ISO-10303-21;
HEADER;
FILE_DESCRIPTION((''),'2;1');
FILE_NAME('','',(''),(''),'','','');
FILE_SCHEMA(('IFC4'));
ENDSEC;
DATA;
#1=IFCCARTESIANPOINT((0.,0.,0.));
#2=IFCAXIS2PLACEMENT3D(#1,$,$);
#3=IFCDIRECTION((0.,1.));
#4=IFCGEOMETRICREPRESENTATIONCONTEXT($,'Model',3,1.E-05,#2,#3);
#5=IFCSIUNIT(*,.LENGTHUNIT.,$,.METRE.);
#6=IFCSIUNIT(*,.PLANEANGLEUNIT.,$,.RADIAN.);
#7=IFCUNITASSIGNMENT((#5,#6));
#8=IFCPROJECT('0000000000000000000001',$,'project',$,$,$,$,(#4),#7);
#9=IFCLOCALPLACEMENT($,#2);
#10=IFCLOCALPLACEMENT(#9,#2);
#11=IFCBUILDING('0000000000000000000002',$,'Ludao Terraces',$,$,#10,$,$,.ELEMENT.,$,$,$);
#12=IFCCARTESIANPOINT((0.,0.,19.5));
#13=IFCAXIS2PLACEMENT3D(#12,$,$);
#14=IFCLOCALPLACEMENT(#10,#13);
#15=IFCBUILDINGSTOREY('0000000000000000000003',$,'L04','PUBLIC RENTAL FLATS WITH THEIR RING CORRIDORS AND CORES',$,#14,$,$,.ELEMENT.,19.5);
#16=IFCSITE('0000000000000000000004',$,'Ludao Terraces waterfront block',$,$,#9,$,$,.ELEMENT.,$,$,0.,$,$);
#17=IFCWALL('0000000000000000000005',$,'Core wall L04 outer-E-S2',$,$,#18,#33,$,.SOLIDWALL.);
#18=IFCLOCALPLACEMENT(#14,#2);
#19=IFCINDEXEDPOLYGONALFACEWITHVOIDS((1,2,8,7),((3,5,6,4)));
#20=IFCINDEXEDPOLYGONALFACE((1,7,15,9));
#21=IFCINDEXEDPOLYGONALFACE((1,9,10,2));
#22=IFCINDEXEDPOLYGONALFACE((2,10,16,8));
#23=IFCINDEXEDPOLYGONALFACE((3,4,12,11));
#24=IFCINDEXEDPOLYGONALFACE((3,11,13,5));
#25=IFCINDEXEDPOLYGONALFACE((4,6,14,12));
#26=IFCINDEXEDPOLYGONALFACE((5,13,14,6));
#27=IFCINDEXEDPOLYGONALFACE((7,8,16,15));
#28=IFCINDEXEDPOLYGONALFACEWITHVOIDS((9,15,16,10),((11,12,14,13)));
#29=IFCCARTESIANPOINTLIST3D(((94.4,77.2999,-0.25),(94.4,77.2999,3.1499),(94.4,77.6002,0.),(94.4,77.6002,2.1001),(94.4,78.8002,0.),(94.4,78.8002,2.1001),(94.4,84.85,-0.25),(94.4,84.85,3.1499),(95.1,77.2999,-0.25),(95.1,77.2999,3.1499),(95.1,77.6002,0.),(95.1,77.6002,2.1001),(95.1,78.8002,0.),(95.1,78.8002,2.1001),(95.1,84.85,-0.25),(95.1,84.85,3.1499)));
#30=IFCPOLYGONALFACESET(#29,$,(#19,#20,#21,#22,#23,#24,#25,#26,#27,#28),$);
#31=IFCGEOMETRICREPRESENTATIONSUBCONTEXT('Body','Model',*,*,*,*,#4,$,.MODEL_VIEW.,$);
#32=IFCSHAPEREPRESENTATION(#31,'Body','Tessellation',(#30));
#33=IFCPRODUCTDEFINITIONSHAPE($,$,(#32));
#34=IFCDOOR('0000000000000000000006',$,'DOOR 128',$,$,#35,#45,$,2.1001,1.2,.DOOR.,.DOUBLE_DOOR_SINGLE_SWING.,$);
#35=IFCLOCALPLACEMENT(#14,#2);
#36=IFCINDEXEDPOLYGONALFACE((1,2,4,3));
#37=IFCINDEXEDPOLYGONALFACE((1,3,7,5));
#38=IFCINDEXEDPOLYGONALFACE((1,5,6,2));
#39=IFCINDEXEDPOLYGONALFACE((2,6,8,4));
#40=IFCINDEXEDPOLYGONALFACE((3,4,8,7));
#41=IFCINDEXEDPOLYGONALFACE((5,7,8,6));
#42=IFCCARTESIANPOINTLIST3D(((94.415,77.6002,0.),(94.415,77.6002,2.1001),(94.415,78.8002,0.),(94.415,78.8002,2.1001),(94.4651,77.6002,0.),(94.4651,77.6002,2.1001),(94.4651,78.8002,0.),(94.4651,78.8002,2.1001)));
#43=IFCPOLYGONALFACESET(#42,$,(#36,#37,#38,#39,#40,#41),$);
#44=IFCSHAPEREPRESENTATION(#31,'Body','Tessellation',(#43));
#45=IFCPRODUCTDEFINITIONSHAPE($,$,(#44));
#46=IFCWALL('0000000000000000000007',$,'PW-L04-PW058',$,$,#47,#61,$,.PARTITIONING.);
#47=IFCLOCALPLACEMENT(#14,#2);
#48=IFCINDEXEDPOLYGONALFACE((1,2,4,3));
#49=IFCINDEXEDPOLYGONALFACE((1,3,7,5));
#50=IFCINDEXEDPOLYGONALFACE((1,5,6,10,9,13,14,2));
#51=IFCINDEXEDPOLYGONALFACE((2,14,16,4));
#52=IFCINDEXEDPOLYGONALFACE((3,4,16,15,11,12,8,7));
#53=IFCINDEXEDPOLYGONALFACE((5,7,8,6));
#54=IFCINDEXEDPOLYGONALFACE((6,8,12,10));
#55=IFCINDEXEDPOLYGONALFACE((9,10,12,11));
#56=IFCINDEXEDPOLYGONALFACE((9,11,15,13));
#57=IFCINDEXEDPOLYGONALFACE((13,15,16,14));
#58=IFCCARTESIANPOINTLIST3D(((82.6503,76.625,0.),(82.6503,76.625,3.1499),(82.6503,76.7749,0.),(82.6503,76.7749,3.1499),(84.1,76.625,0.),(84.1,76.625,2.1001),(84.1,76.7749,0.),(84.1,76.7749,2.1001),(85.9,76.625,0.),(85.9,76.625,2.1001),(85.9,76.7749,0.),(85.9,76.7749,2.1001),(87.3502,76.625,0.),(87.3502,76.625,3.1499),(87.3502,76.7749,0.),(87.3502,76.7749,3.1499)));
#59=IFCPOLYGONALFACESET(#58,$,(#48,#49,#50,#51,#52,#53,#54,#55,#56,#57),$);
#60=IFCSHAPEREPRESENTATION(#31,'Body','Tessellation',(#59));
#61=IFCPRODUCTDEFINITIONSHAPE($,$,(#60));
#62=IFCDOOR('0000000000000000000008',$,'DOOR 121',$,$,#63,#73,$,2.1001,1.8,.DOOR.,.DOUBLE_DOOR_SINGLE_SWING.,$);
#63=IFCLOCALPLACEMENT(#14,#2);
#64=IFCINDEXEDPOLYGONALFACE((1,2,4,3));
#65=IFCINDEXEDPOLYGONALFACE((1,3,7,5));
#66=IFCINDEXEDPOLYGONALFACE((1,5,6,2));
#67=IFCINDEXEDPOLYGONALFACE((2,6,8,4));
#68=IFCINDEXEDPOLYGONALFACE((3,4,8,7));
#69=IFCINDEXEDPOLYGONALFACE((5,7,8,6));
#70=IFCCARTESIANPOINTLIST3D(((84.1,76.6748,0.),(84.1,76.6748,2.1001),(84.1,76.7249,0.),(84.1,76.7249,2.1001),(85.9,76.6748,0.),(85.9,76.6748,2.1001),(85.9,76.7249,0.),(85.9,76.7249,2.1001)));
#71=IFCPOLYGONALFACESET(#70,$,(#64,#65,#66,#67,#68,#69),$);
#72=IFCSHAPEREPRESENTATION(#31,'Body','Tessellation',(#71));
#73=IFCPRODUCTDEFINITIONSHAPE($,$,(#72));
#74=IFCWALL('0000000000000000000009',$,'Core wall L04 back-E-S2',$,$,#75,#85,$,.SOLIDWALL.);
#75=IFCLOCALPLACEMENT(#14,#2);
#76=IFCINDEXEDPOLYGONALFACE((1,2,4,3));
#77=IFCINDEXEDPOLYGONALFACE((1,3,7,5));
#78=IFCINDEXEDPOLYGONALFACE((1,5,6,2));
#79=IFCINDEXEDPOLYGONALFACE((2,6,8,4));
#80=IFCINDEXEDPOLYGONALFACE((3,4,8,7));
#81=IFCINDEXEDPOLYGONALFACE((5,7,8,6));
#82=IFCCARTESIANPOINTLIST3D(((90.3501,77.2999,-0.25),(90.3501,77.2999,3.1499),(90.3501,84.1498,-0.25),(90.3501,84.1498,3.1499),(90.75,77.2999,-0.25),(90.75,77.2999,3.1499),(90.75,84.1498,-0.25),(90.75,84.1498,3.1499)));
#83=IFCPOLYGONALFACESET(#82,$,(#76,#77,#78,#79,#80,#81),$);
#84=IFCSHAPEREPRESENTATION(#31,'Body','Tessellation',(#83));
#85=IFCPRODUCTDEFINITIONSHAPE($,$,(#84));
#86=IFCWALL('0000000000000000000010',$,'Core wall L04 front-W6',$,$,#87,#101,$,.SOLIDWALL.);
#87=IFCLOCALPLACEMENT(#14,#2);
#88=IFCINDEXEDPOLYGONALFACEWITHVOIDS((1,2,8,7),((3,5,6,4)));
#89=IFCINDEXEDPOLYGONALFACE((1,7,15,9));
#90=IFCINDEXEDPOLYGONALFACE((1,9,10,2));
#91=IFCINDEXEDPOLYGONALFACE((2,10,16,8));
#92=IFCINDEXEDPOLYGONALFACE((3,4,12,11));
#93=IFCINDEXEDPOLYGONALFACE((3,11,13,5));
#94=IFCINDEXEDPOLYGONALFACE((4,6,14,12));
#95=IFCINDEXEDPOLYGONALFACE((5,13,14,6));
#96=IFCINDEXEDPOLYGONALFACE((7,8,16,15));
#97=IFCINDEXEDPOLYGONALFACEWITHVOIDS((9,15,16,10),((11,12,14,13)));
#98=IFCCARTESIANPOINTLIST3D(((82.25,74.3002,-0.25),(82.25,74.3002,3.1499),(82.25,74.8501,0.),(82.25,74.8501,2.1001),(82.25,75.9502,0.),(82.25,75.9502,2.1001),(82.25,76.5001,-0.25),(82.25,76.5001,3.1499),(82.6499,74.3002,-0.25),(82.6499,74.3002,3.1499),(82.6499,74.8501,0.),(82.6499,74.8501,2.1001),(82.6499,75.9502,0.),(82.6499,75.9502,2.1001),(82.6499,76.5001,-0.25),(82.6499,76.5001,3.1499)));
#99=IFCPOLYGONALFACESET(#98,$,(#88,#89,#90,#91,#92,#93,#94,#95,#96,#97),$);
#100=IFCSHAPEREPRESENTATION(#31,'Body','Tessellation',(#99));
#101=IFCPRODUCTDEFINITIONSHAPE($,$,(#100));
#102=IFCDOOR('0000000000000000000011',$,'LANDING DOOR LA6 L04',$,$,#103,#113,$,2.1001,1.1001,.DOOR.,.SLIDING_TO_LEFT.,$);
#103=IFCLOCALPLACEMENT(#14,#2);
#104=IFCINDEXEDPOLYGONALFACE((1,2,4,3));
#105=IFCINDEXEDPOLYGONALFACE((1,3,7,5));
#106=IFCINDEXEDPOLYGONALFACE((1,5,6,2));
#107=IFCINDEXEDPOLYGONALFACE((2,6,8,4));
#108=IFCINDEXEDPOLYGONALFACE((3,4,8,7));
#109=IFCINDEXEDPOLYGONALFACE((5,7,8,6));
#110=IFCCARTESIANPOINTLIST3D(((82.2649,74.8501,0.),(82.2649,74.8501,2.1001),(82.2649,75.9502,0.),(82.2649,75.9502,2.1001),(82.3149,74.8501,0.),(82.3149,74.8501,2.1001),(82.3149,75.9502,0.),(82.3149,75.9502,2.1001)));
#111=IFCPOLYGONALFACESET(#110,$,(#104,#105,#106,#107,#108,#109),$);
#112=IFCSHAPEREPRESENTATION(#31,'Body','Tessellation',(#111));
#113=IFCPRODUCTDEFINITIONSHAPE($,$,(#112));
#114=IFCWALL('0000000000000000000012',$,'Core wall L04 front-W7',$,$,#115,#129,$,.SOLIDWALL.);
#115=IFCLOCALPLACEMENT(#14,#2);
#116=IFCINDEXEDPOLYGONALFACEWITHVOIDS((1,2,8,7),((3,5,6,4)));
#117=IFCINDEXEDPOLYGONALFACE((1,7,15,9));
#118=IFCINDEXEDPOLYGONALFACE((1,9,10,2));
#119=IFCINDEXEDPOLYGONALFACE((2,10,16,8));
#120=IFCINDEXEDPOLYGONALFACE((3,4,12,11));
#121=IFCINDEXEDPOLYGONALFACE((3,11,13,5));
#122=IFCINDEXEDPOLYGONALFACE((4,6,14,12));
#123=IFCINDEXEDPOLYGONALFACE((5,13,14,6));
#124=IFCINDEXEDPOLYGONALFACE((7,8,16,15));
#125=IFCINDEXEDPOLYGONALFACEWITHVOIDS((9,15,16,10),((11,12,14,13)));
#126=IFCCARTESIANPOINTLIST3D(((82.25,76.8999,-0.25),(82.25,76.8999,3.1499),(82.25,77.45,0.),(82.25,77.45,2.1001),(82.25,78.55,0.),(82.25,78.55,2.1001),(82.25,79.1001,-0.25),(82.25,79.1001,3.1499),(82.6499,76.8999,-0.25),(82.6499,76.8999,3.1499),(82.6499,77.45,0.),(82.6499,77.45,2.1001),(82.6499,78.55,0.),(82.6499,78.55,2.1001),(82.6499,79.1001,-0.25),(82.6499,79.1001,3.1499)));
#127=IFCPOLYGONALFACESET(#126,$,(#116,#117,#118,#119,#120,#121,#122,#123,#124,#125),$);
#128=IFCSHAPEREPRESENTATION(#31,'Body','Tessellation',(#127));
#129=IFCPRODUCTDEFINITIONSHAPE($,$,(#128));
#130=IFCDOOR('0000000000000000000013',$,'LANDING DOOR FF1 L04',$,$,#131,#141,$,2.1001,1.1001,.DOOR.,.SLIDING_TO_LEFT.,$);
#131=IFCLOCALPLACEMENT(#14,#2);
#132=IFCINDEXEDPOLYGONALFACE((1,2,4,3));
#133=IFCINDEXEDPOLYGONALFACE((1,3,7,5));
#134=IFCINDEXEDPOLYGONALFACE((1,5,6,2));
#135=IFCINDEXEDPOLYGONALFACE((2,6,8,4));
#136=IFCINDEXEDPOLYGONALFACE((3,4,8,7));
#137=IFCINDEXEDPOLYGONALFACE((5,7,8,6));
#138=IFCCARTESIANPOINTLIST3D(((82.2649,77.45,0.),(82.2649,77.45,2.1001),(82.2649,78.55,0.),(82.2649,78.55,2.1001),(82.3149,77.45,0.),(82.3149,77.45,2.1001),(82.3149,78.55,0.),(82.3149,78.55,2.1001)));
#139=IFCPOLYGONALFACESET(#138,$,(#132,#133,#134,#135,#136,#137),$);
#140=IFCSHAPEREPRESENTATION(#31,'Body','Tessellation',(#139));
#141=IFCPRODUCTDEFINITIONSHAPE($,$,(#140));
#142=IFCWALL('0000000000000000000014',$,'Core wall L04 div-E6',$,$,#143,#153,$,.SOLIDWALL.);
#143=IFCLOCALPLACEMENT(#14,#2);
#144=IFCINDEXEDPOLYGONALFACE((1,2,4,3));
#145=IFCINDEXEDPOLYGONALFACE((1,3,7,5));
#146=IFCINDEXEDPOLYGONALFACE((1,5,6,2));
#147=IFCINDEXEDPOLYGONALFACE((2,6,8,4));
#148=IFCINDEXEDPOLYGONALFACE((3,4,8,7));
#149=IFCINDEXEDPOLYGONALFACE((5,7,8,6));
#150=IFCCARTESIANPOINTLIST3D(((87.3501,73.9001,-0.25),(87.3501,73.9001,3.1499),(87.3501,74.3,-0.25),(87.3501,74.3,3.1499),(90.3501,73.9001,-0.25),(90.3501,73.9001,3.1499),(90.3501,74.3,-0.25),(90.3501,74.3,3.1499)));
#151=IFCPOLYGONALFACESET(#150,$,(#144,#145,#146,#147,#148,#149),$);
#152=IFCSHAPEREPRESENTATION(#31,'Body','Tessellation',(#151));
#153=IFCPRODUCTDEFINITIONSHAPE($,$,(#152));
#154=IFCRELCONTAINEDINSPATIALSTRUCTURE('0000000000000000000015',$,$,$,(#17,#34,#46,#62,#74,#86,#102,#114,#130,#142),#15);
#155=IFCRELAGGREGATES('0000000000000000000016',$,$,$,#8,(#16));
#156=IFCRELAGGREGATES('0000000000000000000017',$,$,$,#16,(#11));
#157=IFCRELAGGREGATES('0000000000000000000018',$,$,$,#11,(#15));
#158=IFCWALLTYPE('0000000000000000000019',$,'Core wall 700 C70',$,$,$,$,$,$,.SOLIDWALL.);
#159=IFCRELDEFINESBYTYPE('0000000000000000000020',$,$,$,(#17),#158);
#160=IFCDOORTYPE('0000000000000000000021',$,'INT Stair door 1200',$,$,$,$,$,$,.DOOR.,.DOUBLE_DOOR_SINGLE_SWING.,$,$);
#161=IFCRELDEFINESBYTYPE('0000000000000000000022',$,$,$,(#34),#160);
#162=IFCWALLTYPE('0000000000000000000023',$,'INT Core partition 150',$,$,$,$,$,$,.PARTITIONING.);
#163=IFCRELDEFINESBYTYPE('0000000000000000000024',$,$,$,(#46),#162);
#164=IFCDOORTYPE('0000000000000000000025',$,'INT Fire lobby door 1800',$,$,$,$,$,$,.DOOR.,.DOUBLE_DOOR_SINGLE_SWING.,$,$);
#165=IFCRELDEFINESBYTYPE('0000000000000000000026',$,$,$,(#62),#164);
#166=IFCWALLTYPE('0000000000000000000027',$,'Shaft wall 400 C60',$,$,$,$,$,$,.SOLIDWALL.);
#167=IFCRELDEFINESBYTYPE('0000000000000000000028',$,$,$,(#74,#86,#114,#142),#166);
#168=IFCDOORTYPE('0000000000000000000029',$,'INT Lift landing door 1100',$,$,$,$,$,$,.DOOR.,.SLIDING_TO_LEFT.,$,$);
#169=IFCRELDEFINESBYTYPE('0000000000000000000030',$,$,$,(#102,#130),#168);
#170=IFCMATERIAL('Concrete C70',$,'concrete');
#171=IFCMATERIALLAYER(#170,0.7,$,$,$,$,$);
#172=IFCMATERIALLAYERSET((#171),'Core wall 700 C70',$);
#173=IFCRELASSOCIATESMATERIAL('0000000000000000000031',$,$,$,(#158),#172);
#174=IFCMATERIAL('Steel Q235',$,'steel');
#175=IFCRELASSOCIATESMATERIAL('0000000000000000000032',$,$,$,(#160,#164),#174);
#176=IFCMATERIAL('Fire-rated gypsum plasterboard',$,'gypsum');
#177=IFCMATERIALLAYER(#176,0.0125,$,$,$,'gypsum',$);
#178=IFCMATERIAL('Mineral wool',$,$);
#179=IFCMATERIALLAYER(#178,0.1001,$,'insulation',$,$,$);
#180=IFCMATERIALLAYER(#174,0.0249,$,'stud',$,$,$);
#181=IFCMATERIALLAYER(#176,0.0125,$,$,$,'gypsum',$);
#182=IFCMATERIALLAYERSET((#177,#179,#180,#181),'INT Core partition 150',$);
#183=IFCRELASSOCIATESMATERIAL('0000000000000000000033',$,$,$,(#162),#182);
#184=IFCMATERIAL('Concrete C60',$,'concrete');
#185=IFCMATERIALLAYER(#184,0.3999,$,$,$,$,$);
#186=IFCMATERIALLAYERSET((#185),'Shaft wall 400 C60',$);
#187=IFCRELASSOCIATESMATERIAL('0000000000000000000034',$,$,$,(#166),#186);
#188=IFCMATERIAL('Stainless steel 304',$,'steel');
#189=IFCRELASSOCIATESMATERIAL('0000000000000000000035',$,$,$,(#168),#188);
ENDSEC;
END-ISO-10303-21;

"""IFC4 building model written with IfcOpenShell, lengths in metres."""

from ifc_helpers import new_model, si_unit, direction, frame, frame_2d, origin, place, context, subcontext, project, spatial, rectangle, extrude, material, layer, layer_set, type_object, element, fill, save


model = new_model("IFC4")

# Units and contexts
model_context = context("Model", 3, precision=1e-05, world=origin(), true_north=direction((0.0, 1.0)))
body_context = subcontext(model_context, "Body", "Model", "MODEL_VIEW")
ifc_project = project(units=[si_unit("LENGTHUNIT", "METRE"), si_unit("PLANEANGLEUNIT", "RADIAN")], contexts=[model_context])

# Site, building, storey
site_placement = place(None, origin())
site = spatial("IfcSite", under=ifc_project, at=site_placement, Name="Ludao Terraces waterfront block", CompositionType="ELEMENT", RefElevation=0.0)
building_placement = place(site_placement, origin())
building = spatial("IfcBuilding", under=site, at=building_placement, Name="Ludao Terraces", CompositionType="ELEMENT")
storey_placement = place(building_placement, frame((0.0, 0.0, 19.5)))
storey = spatial("IfcBuildingStorey", under=building, at=storey_placement, Name="L04", Description="PUBLIC RENTAL FLATS WITH THEIR RING CORRIDORS AND CORES", CompositionType="ELEMENT", Elevation=19.5)

# Walls, openings, doors
ifc_material_1 = material(Name="Concrete C70", Category="concrete")
ifc_layer_1 = layer(ifc_material_1, 0.7)
ifc_layer_set_1 = layer_set([ifc_layer_1], Name="Core wall 700 C70")
wall_type_1 = type_object("IfcWallType", Name="Core wall 700 C70", PredefinedType="SOLIDWALL", material=ifc_layer_set_1)
wall_1_placement = place(storey_placement, frame((94.75, 77.3, -0.25), z_axis=(0.0, 0.0, 1.0), x_axis=(0.0, 1.0, 0.0)))
wall_1 = element("IfcWall", 1, at=wall_1_placement, inside=storey, type_object=wall_type_1, Name="Core wall L04 outer-E-S2", PredefinedType="SOLIDWALL", context=body_context, shape_type="SweptSolid", body=[
    extrude(rectangle(XDim=7.55, YDim=0.7, at=frame_2d((3.7749, 0.0))), origin(), (0.0, 0.0, 1.0), 3.3999),
])
opening_1_placement = place(wall_1_placement, frame((0.3, 0.0, 0.25)))
opening_1 = element("IfcOpeningElement", 2, at=opening_1_placement, cuts=wall_1, PredefinedType="OPENING", context=body_context, shape_type="SweptSolid", body=[
    extrude(rectangle(XDim=1.2, YDim=2.1001, at=frame_2d((0.6001, 1.05))), frame((0.0, 0.3599, 0.0), z_axis=(0.0, -1.0, 0.0), x_axis=(1.0, 0.0, 0.0)), (0.0, 0.0, 1.0), 0.72),
])
ifc_material_2 = material(Name="Steel Q235", Category="steel")
door_type_1 = type_object("IfcDoorType", Name="INT Stair door 1200", OperationType="DOUBLE_DOOR_SINGLE_SWING", PredefinedType="DOOR", material=ifc_material_2)
door_1_placement = place(opening_1_placement, origin())
door_1 = element("IfcDoor", 3, at=door_1_placement, inside=storey, type_object=door_type_1, Name="DOOR 128", OperationType="DOUBLE_DOOR_SINGLE_SWING", OverallHeight=2.1001, OverallWidth=1.2, PredefinedType="DOOR", context=body_context, shape_type="SweptSolid", body=[
    extrude(rectangle(XDim=1.2, YDim=2.1001, at=frame_2d((0.6001, 1.05))), frame((0.0, 0.335, 0.0), z_axis=(0.0, -1.0, 0.0), x_axis=(1.0, 0.0, 0.0)), (0.0, 0.0, 1.0), 0.05),
])
fill(opening_1, door_1)
ifc_material_3 = material(Name="Fire-rated gypsum plasterboard", Category="gypsum")
ifc_layer_2 = layer(ifc_material_3, 0.0125, Category="gypsum")
ifc_material_4 = material(Name="Mineral wool")
ifc_layer_3 = layer(ifc_material_4, 0.1001, Name="insulation")
ifc_layer_4 = layer(ifc_material_2, 0.0249, Name="stud")
ifc_layer_5 = layer(ifc_material_3, 0.0125, Category="gypsum")
ifc_layer_set_2 = layer_set([ifc_layer_2, ifc_layer_3, ifc_layer_4, ifc_layer_5], Name="INT Core partition 150")
wall_type_2 = type_object("IfcWallType", Name="INT Core partition 150", PredefinedType="PARTITIONING", material=ifc_layer_set_2)
wall_2_placement = place(storey_placement, frame((82.6501, 76.7, 0.0), z_axis=(0.0, 0.0, 1.0), x_axis=(1.0, 0.0, 0.0)))
wall_2 = element("IfcWall", 4, at=wall_2_placement, inside=storey, type_object=wall_type_2, Name="PW-L04-PW058", PredefinedType="PARTITIONING", context=body_context, shape_type="SweptSolid", body=[
    extrude(rectangle(XDim=4.7, YDim=0.1499, at=frame_2d((2.3501, 0.0))), origin(), (0.0, 0.0, 1.0), 3.1499),
])
opening_2_placement = place(wall_2_placement, frame((1.45, 0.0, 0.0)))
opening_2 = element("IfcOpeningElement", 5, at=opening_2_placement, cuts=wall_2, PredefinedType="OPENING", context=body_context, shape_type="SweptSolid", body=[
    extrude(rectangle(XDim=1.8, YDim=2.1001, at=frame_2d((0.8999, 1.05))), frame((0.0, 0.085, 0.0), z_axis=(0.0, -1.0, 0.0), x_axis=(1.0, 0.0, 0.0)), (0.0, 0.0, 1.0), 0.1699),
])
door_type_2 = type_object("IfcDoorType", Name="INT Fire lobby door 1800", OperationType="DOUBLE_DOOR_SINGLE_SWING", PredefinedType="DOOR", material=ifc_material_2)
door_2_placement = place(opening_2_placement, origin())
door_2 = element("IfcDoor", 6, at=door_2_placement, inside=storey, type_object=door_type_2, Name="DOOR 121", OperationType="DOUBLE_DOOR_SINGLE_SWING", OverallHeight=2.1001, OverallWidth=1.8, PredefinedType="DOOR", context=body_context, shape_type="SweptSolid", body=[
    extrude(rectangle(XDim=1.8, YDim=2.1001, at=frame_2d((0.8999, 1.05))), frame((0.0, 0.0249, 0.0), z_axis=(0.0, -1.0, 0.0), x_axis=(1.0, 0.0, 0.0)), (0.0, 0.0, 1.0), 0.05),
])
fill(opening_2, door_2)

# Wall
ifc_material_5 = material(Name="Concrete C60", Category="concrete")
ifc_layer_6 = layer(ifc_material_5, 0.3999)
ifc_layer_set_3 = layer_set([ifc_layer_6], Name="Shaft wall 400 C60")
wall_type_3 = type_object("IfcWallType", Name="Shaft wall 400 C60", PredefinedType="SOLIDWALL", material=ifc_layer_set_3)
wall_3_placement = place(storey_placement, frame((90.55, 77.3, -0.25), z_axis=(0.0, 0.0, 1.0), x_axis=(0.0, 1.0, 0.0)))
element("IfcWall", 7, at=wall_3_placement, inside=storey, type_object=wall_type_3, Name="Core wall L04 back-E-S2", PredefinedType="SOLIDWALL", context=body_context, shape_type="SweptSolid", body=[
    extrude(rectangle(XDim=6.8499, YDim=0.3999, at=frame_2d((3.4248, 0.0))), origin(), (0.0, 0.0, 1.0), 3.3999),
])

# Walls, openings, doors
wall_4_placement = place(storey_placement, frame((82.45, 74.3, -0.25), z_axis=(0.0, 0.0, 1.0), x_axis=(0.0, 1.0, 0.0)))
wall_4 = element("IfcWall", 8, at=wall_4_placement, inside=storey, type_object=wall_type_3, Name="Core wall L04 front-W6", PredefinedType="SOLIDWALL", context=body_context, shape_type="SweptSolid", body=[
    extrude(rectangle(XDim=2.2, YDim=0.3999, at=frame_2d((1.1001, 0.0))), origin(), (0.0, 0.0, 1.0), 3.3999),
])
opening_3_placement = place(wall_4_placement, frame((0.55, 0.0, 0.25)))
opening_3 = element("IfcOpeningElement", 9, at=opening_3_placement, cuts=wall_4, PredefinedType="OPENING", context=body_context, shape_type="SweptSolid", body=[
    extrude(rectangle(XDim=1.1001, YDim=2.1001, at=frame_2d((0.55, 1.05))), frame((0.0, 0.21, 0.0), z_axis=(0.0, -1.0, 0.0), x_axis=(1.0, 0.0, 0.0)), (0.0, 0.0, 1.0), 0.4199),
])
ifc_material_6 = material(Name="Stainless steel 304", Category="steel")
door_type_3 = type_object("IfcDoorType", Name="INT Lift landing door 1100", OperationType="SLIDING_TO_LEFT", PredefinedType="DOOR", material=ifc_material_6)
door_3_placement = place(opening_3_placement, origin())
door_3 = element("IfcDoor", 10, at=door_3_placement, inside=storey, type_object=door_type_3, Name="LANDING DOOR LA6 L04", OperationType="SLIDING_TO_LEFT", OverallHeight=2.1001, OverallWidth=1.1001, PredefinedType="DOOR", context=body_context, shape_type="SweptSolid", body=[
    extrude(rectangle(XDim=1.1001, YDim=2.1001, at=frame_2d((0.55, 1.05))), frame((0.0, 0.1851, 0.0), z_axis=(0.0, -1.0, 0.0), x_axis=(1.0, 0.0, 0.0)), (0.0, 0.0, 1.0), 0.05),
])
fill(opening_3, door_3)
wall_5_placement = place(storey_placement, frame((82.45, 76.8999, -0.25), z_axis=(0.0, 0.0, 1.0), x_axis=(0.0, 1.0, 0.0)))
wall_5 = element("IfcWall", 11, at=wall_5_placement, inside=storey, type_object=wall_type_3, Name="Core wall L04 front-W7", PredefinedType="SOLIDWALL", context=body_context, shape_type="SweptSolid", body=[
    extrude(rectangle(XDim=2.2002, YDim=0.3999, at=frame_2d((1.1001, 0.0))), origin(), (0.0, 0.0, 1.0), 3.3999),
])
opening_4_placement = place(wall_5_placement, frame((0.55, 0.0, 0.25)))
opening_4 = element("IfcOpeningElement", 12, at=opening_4_placement, cuts=wall_5, PredefinedType="OPENING", context=body_context, shape_type="SweptSolid", body=[
    extrude(rectangle(XDim=1.1001, YDim=2.1001, at=frame_2d((0.55, 1.05))), frame((0.0, 0.21, 0.0), z_axis=(0.0, -1.0, 0.0), x_axis=(1.0, 0.0, 0.0)), (0.0, 0.0, 1.0), 0.4199),
])
door_4_placement = place(opening_4_placement, origin())
door_4 = element("IfcDoor", 13, at=door_4_placement, inside=storey, type_object=door_type_3, Name="LANDING DOOR FF1 L04", OperationType="SLIDING_TO_LEFT", OverallHeight=2.1001, OverallWidth=1.1001, PredefinedType="DOOR", context=body_context, shape_type="SweptSolid", body=[
    extrude(rectangle(XDim=1.1001, YDim=2.1001, at=frame_2d((0.55, 1.05))), frame((0.0, 0.1851, 0.0), z_axis=(0.0, -1.0, 0.0), x_axis=(1.0, 0.0, 0.0)), (0.0, 0.0, 1.0), 0.05),
])
fill(opening_4, door_4)

# Wall
wall_6_placement = place(storey_placement, frame((87.3501, 74.1001, -0.25), z_axis=(0.0, 0.0, 1.0), x_axis=(1.0, 0.0, 0.0)))
element("IfcWall", 14, at=wall_6_placement, inside=storey, type_object=wall_type_3, Name="Core wall L04 div-E6", PredefinedType="SOLIDWALL", context=body_context, shape_type="SweptSolid", body=[
    extrude(rectangle(XDim=3.0, YDim=0.3999, at=frame_2d((1.5, 0.0))), origin(), (0.0, 0.0, 1.0), 3.3999),
])

save(model, "model.ifc")
